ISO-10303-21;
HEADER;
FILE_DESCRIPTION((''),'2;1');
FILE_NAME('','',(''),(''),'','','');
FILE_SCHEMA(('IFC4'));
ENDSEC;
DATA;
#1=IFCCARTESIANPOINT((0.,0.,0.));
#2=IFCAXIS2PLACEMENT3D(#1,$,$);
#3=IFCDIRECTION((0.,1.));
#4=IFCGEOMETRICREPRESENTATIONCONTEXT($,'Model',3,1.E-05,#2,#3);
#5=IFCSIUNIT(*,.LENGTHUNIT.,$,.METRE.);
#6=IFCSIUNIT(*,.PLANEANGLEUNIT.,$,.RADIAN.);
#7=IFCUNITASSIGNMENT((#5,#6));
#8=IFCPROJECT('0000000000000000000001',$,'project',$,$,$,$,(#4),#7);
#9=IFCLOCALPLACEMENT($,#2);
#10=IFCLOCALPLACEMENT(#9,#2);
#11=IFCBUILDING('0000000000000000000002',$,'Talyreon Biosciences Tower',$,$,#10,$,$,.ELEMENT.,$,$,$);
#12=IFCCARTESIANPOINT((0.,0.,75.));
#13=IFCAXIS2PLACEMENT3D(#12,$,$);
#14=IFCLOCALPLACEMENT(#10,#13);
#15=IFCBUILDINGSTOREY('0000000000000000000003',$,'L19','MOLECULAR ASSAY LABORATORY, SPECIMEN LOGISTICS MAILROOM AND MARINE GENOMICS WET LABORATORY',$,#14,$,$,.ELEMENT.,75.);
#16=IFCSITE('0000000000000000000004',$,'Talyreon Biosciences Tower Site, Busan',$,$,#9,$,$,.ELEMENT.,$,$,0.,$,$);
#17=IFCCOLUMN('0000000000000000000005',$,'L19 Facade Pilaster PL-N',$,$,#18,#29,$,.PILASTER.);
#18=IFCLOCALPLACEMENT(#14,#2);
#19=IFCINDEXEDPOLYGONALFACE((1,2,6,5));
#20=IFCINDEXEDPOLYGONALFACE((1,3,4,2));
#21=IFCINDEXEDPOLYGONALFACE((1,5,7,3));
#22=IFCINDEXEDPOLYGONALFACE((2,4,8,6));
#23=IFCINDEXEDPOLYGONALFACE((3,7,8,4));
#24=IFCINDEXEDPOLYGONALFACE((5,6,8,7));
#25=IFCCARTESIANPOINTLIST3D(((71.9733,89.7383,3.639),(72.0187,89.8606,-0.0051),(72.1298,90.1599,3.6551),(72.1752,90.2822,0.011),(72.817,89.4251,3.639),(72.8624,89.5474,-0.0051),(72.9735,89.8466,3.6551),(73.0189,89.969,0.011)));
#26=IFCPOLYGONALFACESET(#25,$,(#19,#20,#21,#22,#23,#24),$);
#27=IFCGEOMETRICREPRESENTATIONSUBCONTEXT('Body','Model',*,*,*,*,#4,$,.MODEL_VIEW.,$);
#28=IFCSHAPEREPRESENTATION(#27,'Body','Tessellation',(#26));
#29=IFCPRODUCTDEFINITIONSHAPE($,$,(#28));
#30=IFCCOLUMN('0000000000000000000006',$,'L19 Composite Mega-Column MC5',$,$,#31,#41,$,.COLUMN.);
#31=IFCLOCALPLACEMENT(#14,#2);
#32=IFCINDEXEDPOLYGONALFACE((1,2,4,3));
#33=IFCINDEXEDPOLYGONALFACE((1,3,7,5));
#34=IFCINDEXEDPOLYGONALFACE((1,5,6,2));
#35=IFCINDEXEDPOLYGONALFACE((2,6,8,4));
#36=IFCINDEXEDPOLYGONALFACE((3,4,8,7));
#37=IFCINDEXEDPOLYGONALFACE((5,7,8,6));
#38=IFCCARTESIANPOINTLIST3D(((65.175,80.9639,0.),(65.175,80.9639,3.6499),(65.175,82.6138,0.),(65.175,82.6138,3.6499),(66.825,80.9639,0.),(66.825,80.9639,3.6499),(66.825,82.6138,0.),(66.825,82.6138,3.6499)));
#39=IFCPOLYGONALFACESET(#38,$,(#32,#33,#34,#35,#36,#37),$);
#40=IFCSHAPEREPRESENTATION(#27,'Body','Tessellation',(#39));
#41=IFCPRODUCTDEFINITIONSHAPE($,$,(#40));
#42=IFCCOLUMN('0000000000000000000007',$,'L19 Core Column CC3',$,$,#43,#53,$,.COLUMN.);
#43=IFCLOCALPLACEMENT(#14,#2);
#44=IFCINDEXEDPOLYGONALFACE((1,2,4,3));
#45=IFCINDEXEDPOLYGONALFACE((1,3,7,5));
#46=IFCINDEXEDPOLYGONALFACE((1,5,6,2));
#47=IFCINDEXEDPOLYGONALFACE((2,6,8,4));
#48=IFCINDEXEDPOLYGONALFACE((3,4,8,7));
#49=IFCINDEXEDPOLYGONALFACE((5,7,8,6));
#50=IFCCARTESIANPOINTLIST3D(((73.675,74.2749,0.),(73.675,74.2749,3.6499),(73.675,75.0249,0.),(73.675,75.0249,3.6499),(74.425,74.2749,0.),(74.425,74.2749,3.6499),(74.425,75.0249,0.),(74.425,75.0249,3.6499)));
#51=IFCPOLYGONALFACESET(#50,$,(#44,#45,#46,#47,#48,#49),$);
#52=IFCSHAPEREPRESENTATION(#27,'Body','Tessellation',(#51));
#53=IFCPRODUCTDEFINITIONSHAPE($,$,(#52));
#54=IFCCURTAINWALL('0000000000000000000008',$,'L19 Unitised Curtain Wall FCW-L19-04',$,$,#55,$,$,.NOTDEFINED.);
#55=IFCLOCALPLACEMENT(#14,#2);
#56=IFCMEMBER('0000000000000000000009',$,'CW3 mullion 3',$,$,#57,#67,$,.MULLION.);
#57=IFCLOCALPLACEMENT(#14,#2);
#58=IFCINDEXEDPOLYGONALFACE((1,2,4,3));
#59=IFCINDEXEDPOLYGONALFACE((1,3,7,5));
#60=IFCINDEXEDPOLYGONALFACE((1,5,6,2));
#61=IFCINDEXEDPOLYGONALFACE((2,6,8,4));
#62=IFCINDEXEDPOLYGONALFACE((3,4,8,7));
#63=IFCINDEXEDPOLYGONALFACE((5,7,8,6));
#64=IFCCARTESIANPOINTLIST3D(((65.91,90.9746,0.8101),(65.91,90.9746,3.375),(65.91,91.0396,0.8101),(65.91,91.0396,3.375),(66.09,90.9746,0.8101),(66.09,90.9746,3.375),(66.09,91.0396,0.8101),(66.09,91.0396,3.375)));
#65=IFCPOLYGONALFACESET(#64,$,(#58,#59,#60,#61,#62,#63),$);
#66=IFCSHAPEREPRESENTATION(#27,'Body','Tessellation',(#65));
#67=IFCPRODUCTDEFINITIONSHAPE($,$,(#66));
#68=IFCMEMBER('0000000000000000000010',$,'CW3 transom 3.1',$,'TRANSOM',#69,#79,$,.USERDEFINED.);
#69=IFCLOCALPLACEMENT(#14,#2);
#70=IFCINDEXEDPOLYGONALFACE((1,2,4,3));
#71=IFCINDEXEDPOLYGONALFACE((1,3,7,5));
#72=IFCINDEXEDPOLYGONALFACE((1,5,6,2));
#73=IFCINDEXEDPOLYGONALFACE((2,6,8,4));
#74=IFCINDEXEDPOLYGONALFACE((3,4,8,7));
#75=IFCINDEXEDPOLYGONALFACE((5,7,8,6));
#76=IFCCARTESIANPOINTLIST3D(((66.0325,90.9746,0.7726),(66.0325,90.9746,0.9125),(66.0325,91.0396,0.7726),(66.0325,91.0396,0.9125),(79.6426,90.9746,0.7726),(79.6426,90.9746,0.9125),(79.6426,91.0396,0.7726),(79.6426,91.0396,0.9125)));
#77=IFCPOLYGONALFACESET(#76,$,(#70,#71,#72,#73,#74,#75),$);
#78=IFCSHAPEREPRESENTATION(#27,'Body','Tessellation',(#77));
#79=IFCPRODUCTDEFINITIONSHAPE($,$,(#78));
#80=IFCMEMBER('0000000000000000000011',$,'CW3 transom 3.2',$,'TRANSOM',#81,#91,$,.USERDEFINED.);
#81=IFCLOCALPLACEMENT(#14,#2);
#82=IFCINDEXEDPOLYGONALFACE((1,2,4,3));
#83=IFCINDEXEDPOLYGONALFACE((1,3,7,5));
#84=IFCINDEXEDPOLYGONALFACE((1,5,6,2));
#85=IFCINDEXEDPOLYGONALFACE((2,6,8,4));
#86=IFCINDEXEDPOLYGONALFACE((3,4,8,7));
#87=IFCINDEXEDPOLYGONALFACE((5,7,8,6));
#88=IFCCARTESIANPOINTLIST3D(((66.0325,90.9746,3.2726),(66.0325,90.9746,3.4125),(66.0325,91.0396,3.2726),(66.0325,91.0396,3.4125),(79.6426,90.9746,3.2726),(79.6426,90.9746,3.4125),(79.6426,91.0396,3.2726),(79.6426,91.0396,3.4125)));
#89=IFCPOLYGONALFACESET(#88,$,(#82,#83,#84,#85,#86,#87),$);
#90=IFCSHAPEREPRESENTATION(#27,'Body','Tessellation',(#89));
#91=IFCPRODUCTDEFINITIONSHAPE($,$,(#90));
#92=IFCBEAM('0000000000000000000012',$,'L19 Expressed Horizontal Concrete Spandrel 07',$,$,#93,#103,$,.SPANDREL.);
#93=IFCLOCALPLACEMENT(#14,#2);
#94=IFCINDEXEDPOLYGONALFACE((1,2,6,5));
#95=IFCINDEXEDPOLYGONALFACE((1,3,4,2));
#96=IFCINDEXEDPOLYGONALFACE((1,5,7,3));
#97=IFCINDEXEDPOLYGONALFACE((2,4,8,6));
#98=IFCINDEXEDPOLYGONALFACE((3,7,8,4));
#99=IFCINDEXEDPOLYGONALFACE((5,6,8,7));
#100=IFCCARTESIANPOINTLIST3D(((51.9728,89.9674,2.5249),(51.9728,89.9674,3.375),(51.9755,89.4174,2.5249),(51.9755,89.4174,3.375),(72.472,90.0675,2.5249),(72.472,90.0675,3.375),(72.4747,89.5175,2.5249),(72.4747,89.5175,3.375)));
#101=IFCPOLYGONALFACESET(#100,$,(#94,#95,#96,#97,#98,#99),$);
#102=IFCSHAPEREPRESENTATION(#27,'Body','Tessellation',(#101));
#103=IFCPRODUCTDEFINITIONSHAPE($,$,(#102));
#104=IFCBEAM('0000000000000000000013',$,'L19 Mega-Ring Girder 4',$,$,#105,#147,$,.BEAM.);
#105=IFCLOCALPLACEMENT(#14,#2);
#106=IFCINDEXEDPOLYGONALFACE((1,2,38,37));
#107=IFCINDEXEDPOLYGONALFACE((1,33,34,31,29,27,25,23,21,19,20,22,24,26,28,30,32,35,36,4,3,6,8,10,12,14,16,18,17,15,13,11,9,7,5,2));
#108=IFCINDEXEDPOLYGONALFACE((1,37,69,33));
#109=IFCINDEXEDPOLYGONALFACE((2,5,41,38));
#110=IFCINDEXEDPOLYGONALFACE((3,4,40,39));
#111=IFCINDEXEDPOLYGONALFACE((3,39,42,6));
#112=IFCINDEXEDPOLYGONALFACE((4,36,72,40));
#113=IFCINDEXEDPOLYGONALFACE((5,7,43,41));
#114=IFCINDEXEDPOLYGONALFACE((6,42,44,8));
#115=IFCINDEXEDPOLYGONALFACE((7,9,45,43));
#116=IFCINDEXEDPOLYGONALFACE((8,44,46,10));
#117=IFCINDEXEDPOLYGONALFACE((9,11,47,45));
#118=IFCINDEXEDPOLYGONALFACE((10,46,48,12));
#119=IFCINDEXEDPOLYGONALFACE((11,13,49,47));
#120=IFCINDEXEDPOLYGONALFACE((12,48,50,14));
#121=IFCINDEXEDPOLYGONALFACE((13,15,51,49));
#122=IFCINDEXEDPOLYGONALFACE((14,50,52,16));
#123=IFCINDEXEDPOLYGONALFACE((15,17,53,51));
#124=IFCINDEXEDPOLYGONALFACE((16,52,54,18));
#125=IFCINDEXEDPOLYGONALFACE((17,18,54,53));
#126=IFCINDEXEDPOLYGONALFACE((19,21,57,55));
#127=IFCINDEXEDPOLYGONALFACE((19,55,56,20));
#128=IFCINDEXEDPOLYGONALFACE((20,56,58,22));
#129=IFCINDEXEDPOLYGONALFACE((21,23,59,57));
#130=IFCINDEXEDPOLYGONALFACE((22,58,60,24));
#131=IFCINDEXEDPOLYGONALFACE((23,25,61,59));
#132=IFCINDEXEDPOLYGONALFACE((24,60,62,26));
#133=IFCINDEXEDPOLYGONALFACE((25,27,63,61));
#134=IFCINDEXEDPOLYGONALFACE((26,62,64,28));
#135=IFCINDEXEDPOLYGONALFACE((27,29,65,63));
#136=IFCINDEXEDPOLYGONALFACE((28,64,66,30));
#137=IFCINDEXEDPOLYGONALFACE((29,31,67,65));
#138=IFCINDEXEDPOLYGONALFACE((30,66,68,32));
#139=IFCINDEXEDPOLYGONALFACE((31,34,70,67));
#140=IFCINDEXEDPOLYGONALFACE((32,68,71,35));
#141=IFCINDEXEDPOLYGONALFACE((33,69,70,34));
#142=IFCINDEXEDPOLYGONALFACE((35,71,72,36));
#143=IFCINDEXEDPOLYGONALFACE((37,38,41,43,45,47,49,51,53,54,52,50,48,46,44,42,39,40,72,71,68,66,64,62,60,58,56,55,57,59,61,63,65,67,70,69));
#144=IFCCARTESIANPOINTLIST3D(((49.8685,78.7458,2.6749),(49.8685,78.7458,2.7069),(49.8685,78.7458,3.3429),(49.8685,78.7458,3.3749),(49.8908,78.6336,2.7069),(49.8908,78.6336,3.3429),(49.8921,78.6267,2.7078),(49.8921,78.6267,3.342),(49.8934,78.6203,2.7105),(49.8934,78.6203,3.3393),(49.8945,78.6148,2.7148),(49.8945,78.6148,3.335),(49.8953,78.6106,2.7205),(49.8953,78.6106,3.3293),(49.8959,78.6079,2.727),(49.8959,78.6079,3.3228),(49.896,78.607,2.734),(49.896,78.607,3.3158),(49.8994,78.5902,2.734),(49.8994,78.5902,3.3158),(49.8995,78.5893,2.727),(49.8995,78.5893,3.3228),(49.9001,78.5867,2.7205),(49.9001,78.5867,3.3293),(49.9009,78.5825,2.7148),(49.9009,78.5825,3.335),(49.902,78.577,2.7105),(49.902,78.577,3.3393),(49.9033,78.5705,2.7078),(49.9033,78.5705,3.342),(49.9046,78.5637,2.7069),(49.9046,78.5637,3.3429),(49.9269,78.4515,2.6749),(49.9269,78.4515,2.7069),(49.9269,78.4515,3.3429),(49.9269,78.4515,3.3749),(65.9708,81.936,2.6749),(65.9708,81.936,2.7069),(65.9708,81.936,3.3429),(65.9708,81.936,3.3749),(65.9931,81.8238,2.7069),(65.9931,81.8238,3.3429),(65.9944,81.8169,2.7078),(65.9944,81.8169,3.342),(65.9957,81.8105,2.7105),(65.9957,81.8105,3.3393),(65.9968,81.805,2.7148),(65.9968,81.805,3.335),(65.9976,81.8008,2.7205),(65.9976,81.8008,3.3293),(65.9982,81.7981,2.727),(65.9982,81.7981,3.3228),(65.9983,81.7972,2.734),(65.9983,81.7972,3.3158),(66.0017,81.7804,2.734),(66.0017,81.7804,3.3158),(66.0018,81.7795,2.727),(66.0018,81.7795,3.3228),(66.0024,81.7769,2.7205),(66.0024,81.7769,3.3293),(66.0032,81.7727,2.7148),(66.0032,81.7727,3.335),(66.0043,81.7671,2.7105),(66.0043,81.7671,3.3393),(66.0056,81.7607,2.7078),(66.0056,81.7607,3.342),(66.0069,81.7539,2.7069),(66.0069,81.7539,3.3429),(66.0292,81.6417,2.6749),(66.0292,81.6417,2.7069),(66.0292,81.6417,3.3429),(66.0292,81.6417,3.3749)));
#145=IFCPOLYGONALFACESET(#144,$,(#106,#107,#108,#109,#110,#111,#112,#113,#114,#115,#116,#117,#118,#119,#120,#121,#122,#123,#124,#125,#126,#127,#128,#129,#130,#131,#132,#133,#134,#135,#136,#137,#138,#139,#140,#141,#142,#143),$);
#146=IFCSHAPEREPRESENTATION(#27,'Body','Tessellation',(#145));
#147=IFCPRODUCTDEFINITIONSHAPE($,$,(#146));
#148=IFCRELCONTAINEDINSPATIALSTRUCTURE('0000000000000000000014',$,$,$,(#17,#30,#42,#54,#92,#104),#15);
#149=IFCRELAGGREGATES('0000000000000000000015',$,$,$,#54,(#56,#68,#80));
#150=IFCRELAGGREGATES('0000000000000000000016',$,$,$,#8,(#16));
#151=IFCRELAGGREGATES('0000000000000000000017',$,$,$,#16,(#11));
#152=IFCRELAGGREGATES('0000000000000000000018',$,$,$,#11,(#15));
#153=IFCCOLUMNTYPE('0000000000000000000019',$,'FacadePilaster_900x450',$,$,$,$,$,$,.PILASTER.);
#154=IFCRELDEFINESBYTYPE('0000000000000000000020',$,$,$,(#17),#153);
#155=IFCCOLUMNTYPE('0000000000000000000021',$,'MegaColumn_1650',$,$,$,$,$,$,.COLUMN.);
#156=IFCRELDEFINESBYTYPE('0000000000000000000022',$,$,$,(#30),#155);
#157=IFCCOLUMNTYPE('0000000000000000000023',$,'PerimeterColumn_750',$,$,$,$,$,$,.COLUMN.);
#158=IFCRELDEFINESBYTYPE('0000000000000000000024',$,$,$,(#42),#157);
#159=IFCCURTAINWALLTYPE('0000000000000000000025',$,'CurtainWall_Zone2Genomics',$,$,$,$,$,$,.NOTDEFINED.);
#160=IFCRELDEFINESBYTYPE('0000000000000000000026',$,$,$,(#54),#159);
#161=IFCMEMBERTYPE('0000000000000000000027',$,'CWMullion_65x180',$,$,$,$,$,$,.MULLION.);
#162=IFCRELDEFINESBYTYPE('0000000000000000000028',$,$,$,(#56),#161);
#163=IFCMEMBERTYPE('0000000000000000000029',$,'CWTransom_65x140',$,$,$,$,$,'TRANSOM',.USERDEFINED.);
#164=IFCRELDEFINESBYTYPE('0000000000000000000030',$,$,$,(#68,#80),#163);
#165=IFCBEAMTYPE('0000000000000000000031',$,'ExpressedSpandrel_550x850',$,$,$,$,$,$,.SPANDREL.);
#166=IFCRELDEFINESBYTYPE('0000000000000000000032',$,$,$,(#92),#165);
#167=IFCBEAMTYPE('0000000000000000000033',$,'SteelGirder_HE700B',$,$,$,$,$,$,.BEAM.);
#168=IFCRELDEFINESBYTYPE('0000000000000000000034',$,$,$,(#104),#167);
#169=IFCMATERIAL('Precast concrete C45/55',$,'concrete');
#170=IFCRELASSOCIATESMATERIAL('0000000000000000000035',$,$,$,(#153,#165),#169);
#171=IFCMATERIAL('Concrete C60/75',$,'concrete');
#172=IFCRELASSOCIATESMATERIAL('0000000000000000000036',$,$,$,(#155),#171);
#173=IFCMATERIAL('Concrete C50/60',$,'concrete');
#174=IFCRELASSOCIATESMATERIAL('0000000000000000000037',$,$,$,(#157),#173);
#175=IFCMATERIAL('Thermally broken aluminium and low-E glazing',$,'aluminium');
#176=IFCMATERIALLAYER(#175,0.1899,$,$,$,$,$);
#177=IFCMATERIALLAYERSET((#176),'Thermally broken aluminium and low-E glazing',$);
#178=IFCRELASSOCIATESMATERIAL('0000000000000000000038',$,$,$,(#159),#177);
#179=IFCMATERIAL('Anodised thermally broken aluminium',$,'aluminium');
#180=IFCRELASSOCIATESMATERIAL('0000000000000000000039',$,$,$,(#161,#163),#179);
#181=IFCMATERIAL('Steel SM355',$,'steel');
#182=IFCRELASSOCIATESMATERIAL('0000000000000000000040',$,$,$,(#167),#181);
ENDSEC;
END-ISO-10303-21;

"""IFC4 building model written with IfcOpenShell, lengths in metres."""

from ifc_helpers import new_model, si_unit, direction, frame, origin, origin_2d, place, context, subcontext, project, spatial, rectangle, i_section, extrude, material, layer, layer_set, material_profile, profile_set, type_object, element, aggregate, save


model = new_model("IFC4")

# Units and contexts
model_context = context("Model", 3, precision=1e-05, world=origin(), true_north=direction((0.0, 1.0)))
body_context = subcontext(model_context, "Body", "Model", "MODEL_VIEW")
ifc_project = project(units=[si_unit("LENGTHUNIT", "METRE"), si_unit("PLANEANGLEUNIT", "RADIAN")], contexts=[model_context])

# Site, building, storey
site_placement = place(None, origin())
site = spatial("IfcSite", under=ifc_project, at=site_placement, Name="Talyreon Biosciences Tower Site, Busan", CompositionType="ELEMENT", RefElevation=0.0)
building_placement = place(site_placement, origin())
building = spatial("IfcBuilding", under=site, at=building_placement, Name="Talyreon Biosciences Tower", CompositionType="ELEMENT")
storey_placement = place(building_placement, frame((0.0, 0.0, 75.0)))
storey = spatial("IfcBuildingStorey", under=building, at=storey_placement, Name="L19", Description="MOLECULAR ASSAY LABORATORY, SPECIMEN LOGISTICS MAILROOM AND MARINE GENOMICS WET LABORATORY", CompositionType="ELEMENT", Elevation=75.0)

# Columns
ifc_material_1 = material(Name="Precast concrete C45/55", Category="concrete")
ifc_material_profile_1 = material_profile(ifc_material_1, rectangle(XDim=0.8999, YDim=0.45, at=origin_2d()), Name="RC 900x450")
ifc_profile_set_1 = profile_set([ifc_material_profile_1], Name="Precast concrete C45/55")
column_type_1 = type_object("IfcColumnType", Name="FacadePilaster_900x450", PredefinedType="PILASTER", material=ifc_profile_set_1)
column_1_placement = place(storey_placement, frame((72.5188, 89.9148, 0.0029), z_axis=(-0.012453, -0.033544, 0.99936), x_axis=(-0.937478, 0.348046, 0.0)))
element("IfcColumn", 1, at=column_1_placement, inside=storey, type_object=column_type_1, Name="L19 Facade Pilaster PL-N", PredefinedType="PILASTER", context=body_context, shape_type="SweptSolid", body=[
    extrude(rectangle(XDim=0.8999, YDim=0.45, at=origin_2d()), origin(), (0.0, 0.0, 1.0), 3.6465),
])
ifc_material_2 = material(Name="Concrete C60/75", Category="concrete")
ifc_material_profile_2 = material_profile(ifc_material_2, rectangle(XDim=1.6499, YDim=1.6499, at=origin_2d()), Name="RC 1650x1650")
ifc_profile_set_2 = profile_set([ifc_material_profile_2], Name="Concrete C60/75")
column_type_2 = type_object("IfcColumnType", Name="MegaColumn_1650", PredefinedType="COLUMN", material=ifc_profile_set_2)
column_2_placement = place(storey_placement, frame((66.0, 81.7888, 0.0), z_axis=(0.0, 0.0, 1.0), x_axis=(1.0, 0.0, 0.0)))
element("IfcColumn", 2, at=column_2_placement, inside=storey, type_object=column_type_2, Name="L19 Composite Mega-Column MC5", PredefinedType="COLUMN", context=body_context, shape_type="SweptSolid", body=[
    extrude(rectangle(XDim=1.6499, YDim=1.6499, at=origin_2d()), origin(), (0.0, 0.0, 1.0), 3.6499),
])
ifc_material_3 = material(Name="Concrete C50/60", Category="concrete")
ifc_material_profile_3 = material_profile(ifc_material_3, rectangle(XDim=0.75, YDim=0.75, at=origin_2d()), Name="RC 750x750")
ifc_profile_set_3 = profile_set([ifc_material_profile_3], Name="Concrete C50/60")
column_type_3 = type_object("IfcColumnType", Name="PerimeterColumn_750", PredefinedType="COLUMN", material=ifc_profile_set_3)
column_3_placement = place(storey_placement, frame((74.05, 74.6499, 0.0), z_axis=(0.0, 0.0, 1.0), x_axis=(1.0, 0.0, 0.0)))
element("IfcColumn", 3, at=column_3_placement, inside=storey, type_object=column_type_3, Name="L19 Core Column CC3", PredefinedType="COLUMN", context=body_context, shape_type="SweptSolid", body=[
    extrude(rectangle(XDim=0.75, YDim=0.75, at=origin_2d()), origin(), (0.0, 0.0, 1.0), 3.6499),
])

# Curtain wall, members
ifc_material_4 = material(Name="Thermally broken aluminium and low-E glazing", Category="aluminium")
ifc_layer_1 = layer(ifc_material_4, 0.1899)
ifc_layer_set_1 = layer_set([ifc_layer_1], Name="Thermally broken aluminium and low-E glazing")
curtain_wall_type = type_object("IfcCurtainWallType", Name="CurtainWall_Zone2Genomics", PredefinedType="NOTDEFINED", material=ifc_layer_set_1)
curtain_wall_placement = place(storey_placement, origin())
curtain_wall = element("IfcCurtainWall", 4, at=curtain_wall_placement, inside=storey, type_object=curtain_wall_type, Name="L19 Unitised Curtain Wall FCW-L19-04", PredefinedType="NOTDEFINED")
ifc_material_5 = material(Name="Anodised thermally broken aluminium", Category="aluminium")
ifc_material_profile_4 = material_profile(ifc_material_5, rectangle(XDim=0.0649, YDim=0.1799, at=origin_2d()), Name="ALUM MULLION 65x180")
ifc_profile_set_4 = profile_set([ifc_material_profile_4], Name="Anodised thermally broken aluminium")
member_type_1 = type_object("IfcMemberType", Name="CWMullion_65x180", PredefinedType="MULLION", material=ifc_profile_set_4)
member_1_placement = place(storey_placement, frame((66.0, 91.0071, 0.8101), z_axis=(0.0, 0.0, 1.0), x_axis=(0.0, 1.0, 0.0)))
member_1 = element("IfcMember", 5, at=member_1_placement, type_object=member_type_1, Name="CW3 mullion 3", PredefinedType="MULLION", context=body_context, shape_type="SweptSolid", body=[
    extrude(rectangle(XDim=0.0649, YDim=0.1799, at=origin_2d()), origin(), (0.0, 0.0, 1.0), 2.5649),
])
ifc_material_profile_5 = material_profile(ifc_material_5, rectangle(XDim=0.0649, YDim=0.1399, at=origin_2d()), Name="ALUM TRANSOM 65x140")
ifc_profile_set_5 = profile_set([ifc_material_profile_5], Name="Anodised thermally broken aluminium")
member_type_2 = type_object("IfcMemberType", Name="CWTransom_65x140", ElementType="TRANSOM", PredefinedType="USERDEFINED", material=ifc_profile_set_5)
member_2_placement = place(storey_placement, frame((66.0325, 91.0071, 0.8425), z_axis=(1.0, 0.0, 0.0), x_axis=(0.0, 1.0, 0.0)))
member_2 = element("IfcMember", 6, at=member_2_placement, type_object=member_type_2, Name="CW3 transom 3.1", ObjectType="TRANSOM", PredefinedType="USERDEFINED", context=body_context, shape_type="SweptSolid", body=[
    extrude(rectangle(XDim=0.0649, YDim=0.1399, at=origin_2d()), origin(), (0.0, 0.0, 1.0), 13.6101),
])
member_3_placement = place(storey_placement, frame((66.0325, 91.0071, 3.3425), z_axis=(1.0, 0.0, 0.0), x_axis=(0.0, 1.0, 0.0)))
member_3 = element("IfcMember", 7, at=member_3_placement, type_object=member_type_2, Name="CW3 transom 3.2", ObjectType="TRANSOM", PredefinedType="USERDEFINED", context=body_context, shape_type="SweptSolid", body=[
    extrude(rectangle(XDim=0.0649, YDim=0.1399, at=origin_2d()), origin(), (0.0, 0.0, 1.0), 13.6101),
])

# Beams
ifc_material_profile_6 = material_profile(ifc_material_1, rectangle(XDim=0.55, YDim=0.8501, at=origin_2d()), Name="RCB 550x850")
ifc_profile_set_6 = profile_set([ifc_material_profile_6], Name="Precast concrete C45/55")
beam_type_1 = type_object("IfcBeamType", Name="ExpressedSpandrel_550x850", PredefinedType="SPANDREL", material=ifc_profile_set_6)
beam_1_placement = place(storey_placement, frame((72.4734, 89.7925, 2.95), z_axis=(-0.999988, -0.004883, 0.0), x_axis=(0.004883, -0.999988, 0.0)))
element("IfcBeam", 8, at=beam_1_placement, inside=storey, type_object=beam_type_1, Name="L19 Expressed Horizontal Concrete Spandrel 07", PredefinedType="SPANDREL", context=body_context, shape_type="SweptSolid", body=[
    extrude(rectangle(XDim=0.55, YDim=0.8501, at=origin_2d()), origin(), (0.0, 0.0, 1.0), 20.4995),
])
ifc_material_6 = material(Name="Steel SM355", Category="steel")
ifc_material_profile_7 = material_profile(ifc_material_6, i_section(OverallWidth=0.3, OverallDepth=0.7, WebThickness=0.0171, FlangeThickness=0.032, FilletRadius=0.0271, at=origin_2d()), Name="HE700B")
ifc_profile_set_7 = profile_set([ifc_material_profile_7], Name="Steel SM355")
beam_type_2 = type_object("IfcBeamType", Name="SteelGirder_HE700B", PredefinedType="BEAM", material=ifc_profile_set_7)
beam_2_placement = place(storey_placement, frame((66.0, 81.7888, 3.0249), z_axis=(-0.980934, -0.194343, 0.0), x_axis=(0.194343, -0.980934, 0.0)))
element("IfcBeam", 9, at=beam_2_placement, inside=storey, type_object=beam_type_2, Name="L19 Mega-Ring Girder 4", PredefinedType="BEAM", context=body_context, shape_type="SweptSolid", body=[
    extrude(i_section(OverallWidth=0.3, OverallDepth=0.7, WebThickness=0.0171, FlangeThickness=0.032, FilletRadius=0.0271, at=origin_2d()), origin(), (0.0, 0.0, 1.0), 16.4153),
])

aggregate(curtain_wall, [member_1, member_2, member_3])

save(model, "model.ifc")
